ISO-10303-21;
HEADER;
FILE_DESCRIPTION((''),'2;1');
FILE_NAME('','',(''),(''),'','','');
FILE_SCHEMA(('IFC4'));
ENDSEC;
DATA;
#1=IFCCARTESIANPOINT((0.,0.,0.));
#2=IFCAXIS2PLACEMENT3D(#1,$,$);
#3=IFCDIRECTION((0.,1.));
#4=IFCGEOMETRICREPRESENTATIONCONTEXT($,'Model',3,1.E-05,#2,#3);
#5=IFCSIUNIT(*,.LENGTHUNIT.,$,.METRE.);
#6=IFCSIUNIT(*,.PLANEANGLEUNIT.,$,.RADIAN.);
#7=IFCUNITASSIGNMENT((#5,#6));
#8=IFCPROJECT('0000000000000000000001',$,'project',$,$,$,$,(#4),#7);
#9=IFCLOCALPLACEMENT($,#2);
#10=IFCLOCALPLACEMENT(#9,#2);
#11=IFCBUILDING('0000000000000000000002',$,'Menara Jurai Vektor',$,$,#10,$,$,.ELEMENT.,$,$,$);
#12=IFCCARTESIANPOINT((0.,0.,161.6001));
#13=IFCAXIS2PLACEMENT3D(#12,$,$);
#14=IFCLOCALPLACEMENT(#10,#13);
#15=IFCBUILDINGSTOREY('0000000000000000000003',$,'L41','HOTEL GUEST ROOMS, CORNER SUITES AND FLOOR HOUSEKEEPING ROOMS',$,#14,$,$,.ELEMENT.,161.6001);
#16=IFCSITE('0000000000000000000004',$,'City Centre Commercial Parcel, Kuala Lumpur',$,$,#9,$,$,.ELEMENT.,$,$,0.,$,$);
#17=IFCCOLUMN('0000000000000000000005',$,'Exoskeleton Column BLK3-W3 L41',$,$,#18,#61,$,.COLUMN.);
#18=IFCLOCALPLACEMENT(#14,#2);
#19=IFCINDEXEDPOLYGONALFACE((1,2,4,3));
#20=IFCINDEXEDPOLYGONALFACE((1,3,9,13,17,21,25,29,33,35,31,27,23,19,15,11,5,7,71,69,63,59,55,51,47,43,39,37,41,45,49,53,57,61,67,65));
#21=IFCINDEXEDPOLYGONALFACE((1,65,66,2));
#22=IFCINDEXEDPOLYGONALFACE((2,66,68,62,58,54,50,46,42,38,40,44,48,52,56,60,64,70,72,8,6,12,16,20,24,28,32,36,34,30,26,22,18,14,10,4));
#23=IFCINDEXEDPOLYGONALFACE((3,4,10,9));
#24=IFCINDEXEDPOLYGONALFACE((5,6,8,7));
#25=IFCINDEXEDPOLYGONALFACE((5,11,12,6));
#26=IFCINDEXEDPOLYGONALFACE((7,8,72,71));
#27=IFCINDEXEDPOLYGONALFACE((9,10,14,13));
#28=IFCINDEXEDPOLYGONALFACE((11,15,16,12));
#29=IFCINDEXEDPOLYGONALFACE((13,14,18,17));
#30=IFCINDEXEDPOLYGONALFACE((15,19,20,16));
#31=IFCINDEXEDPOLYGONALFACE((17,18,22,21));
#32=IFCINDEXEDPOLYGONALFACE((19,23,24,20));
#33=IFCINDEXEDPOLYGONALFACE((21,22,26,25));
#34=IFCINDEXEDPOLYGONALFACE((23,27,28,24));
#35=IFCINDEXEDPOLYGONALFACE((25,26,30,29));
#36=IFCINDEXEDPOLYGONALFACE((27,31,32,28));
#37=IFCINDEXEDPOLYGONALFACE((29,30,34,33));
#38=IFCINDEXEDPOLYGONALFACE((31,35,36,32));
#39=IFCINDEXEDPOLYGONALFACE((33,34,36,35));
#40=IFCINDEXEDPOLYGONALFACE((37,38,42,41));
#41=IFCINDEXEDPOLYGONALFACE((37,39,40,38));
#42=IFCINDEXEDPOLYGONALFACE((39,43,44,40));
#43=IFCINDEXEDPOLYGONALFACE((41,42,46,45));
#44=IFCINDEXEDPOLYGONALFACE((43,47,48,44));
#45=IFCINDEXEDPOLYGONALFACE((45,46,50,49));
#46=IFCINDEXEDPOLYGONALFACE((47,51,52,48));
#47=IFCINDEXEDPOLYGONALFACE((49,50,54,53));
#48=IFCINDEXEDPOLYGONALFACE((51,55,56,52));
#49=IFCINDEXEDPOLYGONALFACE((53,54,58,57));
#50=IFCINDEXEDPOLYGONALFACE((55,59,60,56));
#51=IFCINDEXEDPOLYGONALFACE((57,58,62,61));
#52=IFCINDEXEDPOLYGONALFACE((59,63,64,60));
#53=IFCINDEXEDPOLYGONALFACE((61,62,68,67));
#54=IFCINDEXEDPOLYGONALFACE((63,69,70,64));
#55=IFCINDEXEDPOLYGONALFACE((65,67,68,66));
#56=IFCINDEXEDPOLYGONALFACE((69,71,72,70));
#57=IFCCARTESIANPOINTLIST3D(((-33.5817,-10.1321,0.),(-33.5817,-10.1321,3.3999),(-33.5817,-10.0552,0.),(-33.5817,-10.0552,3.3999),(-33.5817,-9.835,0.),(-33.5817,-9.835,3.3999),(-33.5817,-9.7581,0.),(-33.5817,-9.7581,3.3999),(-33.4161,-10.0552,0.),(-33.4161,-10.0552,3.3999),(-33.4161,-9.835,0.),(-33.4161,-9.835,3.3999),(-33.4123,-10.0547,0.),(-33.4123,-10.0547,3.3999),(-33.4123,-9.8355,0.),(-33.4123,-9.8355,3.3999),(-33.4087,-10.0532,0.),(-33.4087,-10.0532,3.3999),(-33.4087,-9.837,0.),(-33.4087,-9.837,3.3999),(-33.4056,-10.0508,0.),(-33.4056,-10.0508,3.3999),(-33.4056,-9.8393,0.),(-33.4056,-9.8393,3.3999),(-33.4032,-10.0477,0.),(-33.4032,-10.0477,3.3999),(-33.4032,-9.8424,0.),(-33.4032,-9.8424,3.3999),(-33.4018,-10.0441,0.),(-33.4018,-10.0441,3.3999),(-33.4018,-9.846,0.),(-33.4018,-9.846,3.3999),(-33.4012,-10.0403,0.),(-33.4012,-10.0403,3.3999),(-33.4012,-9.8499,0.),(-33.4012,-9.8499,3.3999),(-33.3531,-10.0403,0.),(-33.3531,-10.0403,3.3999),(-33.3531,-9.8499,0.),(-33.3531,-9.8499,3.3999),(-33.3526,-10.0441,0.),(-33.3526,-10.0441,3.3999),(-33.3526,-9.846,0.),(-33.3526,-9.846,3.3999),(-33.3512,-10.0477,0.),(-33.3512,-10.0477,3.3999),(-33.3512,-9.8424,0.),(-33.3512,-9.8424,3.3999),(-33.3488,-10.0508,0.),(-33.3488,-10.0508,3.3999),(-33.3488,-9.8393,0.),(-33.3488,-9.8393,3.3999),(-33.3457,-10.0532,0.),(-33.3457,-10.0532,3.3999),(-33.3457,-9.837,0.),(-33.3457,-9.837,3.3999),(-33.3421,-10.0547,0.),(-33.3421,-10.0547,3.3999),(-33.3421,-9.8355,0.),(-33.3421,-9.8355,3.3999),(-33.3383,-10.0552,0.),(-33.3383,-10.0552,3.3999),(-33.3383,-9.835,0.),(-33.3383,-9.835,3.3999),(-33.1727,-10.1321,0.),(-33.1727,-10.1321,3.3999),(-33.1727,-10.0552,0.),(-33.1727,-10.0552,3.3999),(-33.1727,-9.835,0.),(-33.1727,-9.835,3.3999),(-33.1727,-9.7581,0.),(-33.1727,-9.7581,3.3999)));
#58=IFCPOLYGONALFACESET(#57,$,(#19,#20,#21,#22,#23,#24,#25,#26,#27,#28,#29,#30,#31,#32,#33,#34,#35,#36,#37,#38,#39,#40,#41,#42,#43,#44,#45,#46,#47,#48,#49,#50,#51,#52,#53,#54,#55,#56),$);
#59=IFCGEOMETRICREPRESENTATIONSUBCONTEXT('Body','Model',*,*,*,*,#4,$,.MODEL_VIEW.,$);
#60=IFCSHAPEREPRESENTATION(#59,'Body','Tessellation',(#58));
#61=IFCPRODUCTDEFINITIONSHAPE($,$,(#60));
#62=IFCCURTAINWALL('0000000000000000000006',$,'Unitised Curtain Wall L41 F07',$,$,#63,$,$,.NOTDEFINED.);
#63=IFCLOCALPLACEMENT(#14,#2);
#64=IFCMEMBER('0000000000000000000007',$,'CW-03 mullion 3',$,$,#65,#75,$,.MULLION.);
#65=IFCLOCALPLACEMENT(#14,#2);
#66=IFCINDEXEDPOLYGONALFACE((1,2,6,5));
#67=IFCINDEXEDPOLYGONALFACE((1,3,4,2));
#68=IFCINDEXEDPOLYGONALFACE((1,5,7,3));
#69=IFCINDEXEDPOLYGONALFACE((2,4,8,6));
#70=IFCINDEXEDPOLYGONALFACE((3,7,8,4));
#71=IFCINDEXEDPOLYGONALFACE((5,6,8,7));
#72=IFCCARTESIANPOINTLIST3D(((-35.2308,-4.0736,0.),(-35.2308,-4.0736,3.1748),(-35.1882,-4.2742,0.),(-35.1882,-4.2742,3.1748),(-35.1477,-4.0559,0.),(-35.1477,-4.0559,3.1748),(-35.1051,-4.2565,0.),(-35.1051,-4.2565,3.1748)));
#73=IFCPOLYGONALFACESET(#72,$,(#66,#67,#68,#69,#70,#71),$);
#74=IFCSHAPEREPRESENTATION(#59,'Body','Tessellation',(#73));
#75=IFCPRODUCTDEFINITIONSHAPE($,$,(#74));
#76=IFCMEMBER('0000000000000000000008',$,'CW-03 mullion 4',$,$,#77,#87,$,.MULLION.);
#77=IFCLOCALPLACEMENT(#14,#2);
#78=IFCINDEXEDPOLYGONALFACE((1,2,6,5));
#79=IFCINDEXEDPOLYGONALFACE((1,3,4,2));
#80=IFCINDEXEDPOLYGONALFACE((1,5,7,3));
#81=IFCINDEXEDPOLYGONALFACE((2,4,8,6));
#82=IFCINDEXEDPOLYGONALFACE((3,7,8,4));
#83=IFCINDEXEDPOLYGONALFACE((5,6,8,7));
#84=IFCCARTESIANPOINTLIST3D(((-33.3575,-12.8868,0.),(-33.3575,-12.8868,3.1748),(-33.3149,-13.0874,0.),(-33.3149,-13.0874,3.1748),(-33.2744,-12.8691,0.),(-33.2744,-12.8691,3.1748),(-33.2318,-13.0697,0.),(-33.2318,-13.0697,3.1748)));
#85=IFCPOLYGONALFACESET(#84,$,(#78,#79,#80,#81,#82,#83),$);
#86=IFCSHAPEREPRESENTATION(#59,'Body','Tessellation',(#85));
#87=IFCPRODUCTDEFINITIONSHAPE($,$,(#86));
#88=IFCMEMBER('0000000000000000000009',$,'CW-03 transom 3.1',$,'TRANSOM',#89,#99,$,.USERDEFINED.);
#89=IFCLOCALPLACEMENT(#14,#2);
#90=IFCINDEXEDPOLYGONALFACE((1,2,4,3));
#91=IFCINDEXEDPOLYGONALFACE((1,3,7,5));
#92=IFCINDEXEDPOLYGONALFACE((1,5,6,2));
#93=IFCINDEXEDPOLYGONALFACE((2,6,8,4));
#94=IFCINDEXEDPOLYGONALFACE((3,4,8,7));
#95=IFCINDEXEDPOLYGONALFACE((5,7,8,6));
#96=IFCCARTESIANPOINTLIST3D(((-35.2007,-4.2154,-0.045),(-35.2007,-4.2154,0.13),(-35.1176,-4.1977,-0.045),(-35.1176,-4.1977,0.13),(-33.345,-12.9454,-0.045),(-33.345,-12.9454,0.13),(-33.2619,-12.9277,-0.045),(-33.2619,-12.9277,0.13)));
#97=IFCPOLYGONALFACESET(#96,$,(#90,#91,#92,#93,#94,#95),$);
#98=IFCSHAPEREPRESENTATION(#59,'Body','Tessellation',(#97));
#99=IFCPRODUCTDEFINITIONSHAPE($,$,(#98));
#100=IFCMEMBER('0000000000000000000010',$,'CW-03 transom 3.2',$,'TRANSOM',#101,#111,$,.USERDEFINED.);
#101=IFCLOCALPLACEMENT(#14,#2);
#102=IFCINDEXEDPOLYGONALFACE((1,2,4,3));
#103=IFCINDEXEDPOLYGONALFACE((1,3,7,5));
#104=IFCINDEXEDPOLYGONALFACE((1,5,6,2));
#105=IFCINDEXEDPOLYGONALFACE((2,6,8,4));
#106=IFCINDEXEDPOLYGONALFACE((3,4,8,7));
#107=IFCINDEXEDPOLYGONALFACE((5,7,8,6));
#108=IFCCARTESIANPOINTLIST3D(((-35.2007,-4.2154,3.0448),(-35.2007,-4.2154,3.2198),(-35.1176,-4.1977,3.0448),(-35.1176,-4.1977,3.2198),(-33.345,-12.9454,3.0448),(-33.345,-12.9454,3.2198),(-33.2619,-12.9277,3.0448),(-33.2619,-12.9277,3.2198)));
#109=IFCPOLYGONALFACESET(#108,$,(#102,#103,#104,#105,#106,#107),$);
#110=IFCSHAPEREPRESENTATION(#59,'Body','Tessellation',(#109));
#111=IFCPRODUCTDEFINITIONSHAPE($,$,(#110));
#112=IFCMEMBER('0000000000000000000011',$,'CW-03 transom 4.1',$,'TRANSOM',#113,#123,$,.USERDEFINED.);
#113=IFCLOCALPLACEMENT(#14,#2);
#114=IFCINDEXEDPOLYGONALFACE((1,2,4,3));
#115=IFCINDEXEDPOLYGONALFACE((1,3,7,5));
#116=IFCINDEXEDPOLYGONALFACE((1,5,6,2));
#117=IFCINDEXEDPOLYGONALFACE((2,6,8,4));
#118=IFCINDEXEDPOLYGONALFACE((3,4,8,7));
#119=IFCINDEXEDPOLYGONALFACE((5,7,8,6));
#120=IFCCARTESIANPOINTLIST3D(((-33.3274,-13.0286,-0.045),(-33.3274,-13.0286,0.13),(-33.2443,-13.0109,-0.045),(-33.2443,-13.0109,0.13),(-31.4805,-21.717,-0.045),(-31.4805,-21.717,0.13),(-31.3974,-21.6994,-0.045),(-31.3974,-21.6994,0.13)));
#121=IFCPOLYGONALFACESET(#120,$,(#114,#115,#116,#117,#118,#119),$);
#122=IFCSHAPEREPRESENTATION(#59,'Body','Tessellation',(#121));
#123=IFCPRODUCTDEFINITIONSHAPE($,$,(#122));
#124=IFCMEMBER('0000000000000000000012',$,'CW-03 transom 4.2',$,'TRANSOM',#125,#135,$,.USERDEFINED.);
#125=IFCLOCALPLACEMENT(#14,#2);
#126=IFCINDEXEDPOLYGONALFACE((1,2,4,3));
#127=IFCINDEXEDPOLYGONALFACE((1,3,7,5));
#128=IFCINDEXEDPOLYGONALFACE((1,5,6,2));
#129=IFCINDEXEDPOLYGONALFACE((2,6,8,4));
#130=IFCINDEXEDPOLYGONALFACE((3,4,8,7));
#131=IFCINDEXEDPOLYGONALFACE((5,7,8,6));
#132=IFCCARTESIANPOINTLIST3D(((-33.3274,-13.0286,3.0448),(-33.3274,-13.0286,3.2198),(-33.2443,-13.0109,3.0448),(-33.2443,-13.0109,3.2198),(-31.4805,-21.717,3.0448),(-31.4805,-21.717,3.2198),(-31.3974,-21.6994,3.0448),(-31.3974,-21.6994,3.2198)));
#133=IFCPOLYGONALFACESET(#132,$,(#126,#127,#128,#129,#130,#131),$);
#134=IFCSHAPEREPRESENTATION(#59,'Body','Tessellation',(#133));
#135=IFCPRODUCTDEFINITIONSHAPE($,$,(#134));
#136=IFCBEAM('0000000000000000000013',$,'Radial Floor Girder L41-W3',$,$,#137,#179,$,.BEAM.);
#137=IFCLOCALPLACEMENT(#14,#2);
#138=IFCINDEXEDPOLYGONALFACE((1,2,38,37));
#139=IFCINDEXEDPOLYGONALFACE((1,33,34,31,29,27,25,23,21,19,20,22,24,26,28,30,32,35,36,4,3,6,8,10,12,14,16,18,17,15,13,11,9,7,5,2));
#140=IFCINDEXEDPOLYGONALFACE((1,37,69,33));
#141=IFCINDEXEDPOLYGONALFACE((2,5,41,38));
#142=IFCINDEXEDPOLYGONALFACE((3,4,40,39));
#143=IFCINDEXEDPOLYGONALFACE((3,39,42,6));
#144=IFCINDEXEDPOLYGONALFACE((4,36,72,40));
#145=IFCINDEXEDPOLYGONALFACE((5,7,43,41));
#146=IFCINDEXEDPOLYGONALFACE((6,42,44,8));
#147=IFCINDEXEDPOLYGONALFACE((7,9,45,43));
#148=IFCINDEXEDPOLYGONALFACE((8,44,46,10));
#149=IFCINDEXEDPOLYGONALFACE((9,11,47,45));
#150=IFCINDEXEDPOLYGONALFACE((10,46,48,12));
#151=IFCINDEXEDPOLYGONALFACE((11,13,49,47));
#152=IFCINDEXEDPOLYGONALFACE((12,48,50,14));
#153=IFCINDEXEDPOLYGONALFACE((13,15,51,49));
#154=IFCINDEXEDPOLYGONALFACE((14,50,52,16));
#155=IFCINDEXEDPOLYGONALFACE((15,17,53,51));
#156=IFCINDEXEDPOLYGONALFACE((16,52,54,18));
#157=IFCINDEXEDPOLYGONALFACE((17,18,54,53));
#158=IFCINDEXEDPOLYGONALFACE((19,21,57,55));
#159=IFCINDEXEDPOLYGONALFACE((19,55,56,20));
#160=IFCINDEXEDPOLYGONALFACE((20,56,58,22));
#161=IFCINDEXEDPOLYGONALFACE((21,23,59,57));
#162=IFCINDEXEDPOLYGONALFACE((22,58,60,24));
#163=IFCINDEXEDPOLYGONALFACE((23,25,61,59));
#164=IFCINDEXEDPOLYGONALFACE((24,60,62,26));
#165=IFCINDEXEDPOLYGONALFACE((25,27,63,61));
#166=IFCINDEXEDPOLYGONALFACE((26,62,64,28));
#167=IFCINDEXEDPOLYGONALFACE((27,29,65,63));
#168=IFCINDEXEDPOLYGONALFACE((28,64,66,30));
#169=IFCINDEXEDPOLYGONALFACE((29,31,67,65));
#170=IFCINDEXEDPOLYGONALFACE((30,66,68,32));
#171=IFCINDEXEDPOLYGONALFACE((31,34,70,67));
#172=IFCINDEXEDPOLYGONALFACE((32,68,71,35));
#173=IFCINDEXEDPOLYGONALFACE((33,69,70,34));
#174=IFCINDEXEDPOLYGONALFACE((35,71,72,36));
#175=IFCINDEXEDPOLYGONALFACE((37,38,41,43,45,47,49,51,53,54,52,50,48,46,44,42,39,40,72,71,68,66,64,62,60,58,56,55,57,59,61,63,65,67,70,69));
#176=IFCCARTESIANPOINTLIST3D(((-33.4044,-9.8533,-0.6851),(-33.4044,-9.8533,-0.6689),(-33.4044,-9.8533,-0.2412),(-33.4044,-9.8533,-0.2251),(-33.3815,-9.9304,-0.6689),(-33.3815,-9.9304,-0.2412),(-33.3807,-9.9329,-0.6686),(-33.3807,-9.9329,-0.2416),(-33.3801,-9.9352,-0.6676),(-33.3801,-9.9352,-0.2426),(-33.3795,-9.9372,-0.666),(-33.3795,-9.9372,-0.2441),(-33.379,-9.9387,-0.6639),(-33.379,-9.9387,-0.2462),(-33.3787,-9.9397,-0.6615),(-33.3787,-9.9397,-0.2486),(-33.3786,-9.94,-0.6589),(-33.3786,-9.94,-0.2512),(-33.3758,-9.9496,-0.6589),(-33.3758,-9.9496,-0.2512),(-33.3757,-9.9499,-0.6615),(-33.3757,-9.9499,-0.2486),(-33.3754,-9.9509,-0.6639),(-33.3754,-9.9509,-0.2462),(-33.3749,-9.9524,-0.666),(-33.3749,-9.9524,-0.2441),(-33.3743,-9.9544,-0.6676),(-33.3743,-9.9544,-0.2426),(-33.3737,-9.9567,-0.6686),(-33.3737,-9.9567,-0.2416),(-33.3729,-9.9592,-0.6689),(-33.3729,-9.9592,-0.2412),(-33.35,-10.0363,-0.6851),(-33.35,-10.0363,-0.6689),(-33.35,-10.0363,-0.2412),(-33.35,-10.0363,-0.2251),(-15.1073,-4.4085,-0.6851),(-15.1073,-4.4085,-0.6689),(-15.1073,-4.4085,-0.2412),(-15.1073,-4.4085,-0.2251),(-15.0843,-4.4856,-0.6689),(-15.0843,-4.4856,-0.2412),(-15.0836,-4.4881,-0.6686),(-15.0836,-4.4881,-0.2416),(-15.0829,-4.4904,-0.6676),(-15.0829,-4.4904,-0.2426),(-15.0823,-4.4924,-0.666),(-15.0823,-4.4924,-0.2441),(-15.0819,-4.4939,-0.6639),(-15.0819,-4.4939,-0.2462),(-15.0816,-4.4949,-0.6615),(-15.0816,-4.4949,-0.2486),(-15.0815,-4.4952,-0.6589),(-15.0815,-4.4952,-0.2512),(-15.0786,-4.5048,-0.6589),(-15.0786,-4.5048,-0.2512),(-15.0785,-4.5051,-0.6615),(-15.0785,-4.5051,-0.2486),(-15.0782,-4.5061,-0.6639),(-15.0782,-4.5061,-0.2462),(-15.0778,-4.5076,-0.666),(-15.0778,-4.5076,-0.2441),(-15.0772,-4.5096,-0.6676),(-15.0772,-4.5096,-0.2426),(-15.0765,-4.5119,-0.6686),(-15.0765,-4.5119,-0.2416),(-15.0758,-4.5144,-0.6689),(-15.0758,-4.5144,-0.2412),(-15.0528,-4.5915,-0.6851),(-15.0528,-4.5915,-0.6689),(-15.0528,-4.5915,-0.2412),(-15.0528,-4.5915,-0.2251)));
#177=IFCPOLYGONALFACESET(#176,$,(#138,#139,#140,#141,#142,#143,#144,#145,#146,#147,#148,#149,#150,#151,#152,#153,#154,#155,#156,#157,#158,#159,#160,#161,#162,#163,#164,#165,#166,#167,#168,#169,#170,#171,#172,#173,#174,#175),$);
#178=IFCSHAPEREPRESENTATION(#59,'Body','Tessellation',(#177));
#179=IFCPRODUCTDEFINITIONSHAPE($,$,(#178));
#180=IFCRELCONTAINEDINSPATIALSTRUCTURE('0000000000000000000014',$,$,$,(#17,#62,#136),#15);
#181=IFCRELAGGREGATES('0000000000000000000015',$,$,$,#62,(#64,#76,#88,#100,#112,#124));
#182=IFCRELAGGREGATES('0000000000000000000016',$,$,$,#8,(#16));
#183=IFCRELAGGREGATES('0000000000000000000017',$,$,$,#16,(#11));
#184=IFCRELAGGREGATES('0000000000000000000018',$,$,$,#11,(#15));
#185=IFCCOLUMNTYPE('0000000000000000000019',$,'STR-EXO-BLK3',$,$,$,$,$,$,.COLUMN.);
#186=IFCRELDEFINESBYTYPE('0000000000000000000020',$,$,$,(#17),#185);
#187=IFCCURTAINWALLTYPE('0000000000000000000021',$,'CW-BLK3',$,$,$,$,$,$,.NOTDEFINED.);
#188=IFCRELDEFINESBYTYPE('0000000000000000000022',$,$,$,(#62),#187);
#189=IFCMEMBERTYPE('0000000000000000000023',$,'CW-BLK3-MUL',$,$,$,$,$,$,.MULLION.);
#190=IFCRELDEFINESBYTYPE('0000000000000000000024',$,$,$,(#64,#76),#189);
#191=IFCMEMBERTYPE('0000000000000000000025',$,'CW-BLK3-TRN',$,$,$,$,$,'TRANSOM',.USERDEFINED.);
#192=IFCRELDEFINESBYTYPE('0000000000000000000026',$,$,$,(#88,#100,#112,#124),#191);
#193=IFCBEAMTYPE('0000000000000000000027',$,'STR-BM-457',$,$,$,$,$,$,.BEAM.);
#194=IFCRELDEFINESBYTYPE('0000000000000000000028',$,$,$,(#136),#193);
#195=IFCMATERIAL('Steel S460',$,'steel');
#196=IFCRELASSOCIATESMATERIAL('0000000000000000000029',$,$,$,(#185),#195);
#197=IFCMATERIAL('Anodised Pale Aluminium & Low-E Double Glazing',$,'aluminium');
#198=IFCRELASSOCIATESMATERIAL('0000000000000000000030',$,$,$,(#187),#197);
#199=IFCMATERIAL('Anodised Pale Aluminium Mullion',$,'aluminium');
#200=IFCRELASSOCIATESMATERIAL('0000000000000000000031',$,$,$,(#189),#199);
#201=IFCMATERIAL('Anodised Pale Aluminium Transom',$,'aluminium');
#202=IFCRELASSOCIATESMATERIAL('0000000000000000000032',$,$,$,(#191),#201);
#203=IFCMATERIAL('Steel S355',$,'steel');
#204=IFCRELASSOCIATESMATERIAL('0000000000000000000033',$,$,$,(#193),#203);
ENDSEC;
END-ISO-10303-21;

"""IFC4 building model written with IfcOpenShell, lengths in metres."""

from ifc_helpers import new_model, si_unit, direction, frame, origin, origin_2d, place, context, subcontext, project, spatial, rectangle, i_section, extrude, material, material_profile, profile_set, type_object, element, aggregate, save


model = new_model("IFC4")

# Units and contexts
model_context = context("Model", 3, precision=1e-05, world=origin(), true_north=direction((0.0, 1.0)))
body_context = subcontext(model_context, "Body", "Model", "MODEL_VIEW")
ifc_project = project(units=[si_unit("LENGTHUNIT", "METRE"), si_unit("PLANEANGLEUNIT", "RADIAN")], contexts=[model_context])

# Site, building, storey
site_placement = place(None, origin())
site = spatial("IfcSite", under=ifc_project, at=site_placement, Name="City Centre Commercial Parcel, Kuala Lumpur", CompositionType="ELEMENT", RefElevation=0.0)
building_placement = place(site_placement, origin())
building = spatial("IfcBuilding", under=site, at=building_placement, Name="Menara Jurai Vektor", CompositionType="ELEMENT")
storey_placement = place(building_placement, frame((0.0, 0.0, 161.6001)))
storey = spatial("IfcBuildingStorey", under=building, at=storey_placement, Name="L41", Description="HOTEL GUEST ROOMS, CORNER SUITES AND FLOOR HOUSEKEEPING ROOMS", CompositionType="ELEMENT", Elevation=161.6001)

# Column
ifc_material_1 = material(Name="Steel S460", Category="steel")
ifc_material_profile_1 = material_profile(ifc_material_1, i_section(OverallWidth=0.4089, OverallDepth=0.374, WebThickness=0.0481, FlangeThickness=0.0769, FilletRadius=0.0149, at=origin_2d()), Name="HD 400x634")
ifc_profile_set_1 = profile_set([ifc_material_profile_1], Name="Steel S460")
column_type = type_object("IfcColumnType", Name="STR-EXO-BLK3", PredefinedType="COLUMN", material=ifc_profile_set_1)
column_placement = place(storey_placement, frame((-33.3772, -9.9451, 0.0), z_axis=(0.0, 0.0, 1.0), x_axis=(1.0, 0.0, 0.0)))
element("IfcColumn", 1, at=column_placement, inside=storey, type_object=column_type, Name="Exoskeleton Column BLK3-W3 L41", PredefinedType="COLUMN", context=body_context, shape_type="SweptSolid", body=[
    extrude(i_section(OverallWidth=0.4089, OverallDepth=0.374, WebThickness=0.0481, FlangeThickness=0.0769, FilletRadius=0.0149, at=origin_2d()), origin(), (0.0, 0.0, 1.0), 3.3999),
])

# Curtain wall, members
ifc_material_2 = material(Name="Anodised Pale Aluminium & Low-E Double Glazing", Category="aluminium")
curtain_wall_type = type_object("IfcCurtainWallType", Name="CW-BLK3", PredefinedType="NOTDEFINED", material=ifc_material_2)
curtain_wall_placement = place(storey_placement, origin())
curtain_wall = element("IfcCurtainWall", 2, at=curtain_wall_placement, inside=storey, type_object=curtain_wall_type, Name="Unitised Curtain Wall L41 F07", PredefinedType="NOTDEFINED")
ifc_material_3 = material(Name="Anodised Pale Aluminium Mullion", Category="aluminium")
ifc_material_profile_2 = material_profile(ifc_material_3, rectangle(XDim=0.085, YDim=0.2051, at=origin_2d()), Name="ALU MUL 85x205")
ifc_profile_set_2 = profile_set([ifc_material_profile_2], Name="Anodised Pale Aluminium Mullion")
member_type_1 = type_object("IfcMemberType", Name="CW-BLK3-MUL", PredefinedType="MULLION", material=ifc_profile_set_2)
member_1_placement = place(storey_placement, frame((-35.168, -4.165, 0.0), z_axis=(0.0, 0.0, 1.0), x_axis=(0.978148, 0.20791, 0.0)))
member_1 = element("IfcMember", 3, at=member_1_placement, type_object=member_type_1, Name="CW-03 mullion 3", PredefinedType="MULLION", context=body_context, shape_type="SweptSolid", body=[
    extrude(rectangle(XDim=0.085, YDim=0.2051, at=origin_2d()), origin(), (0.0, 0.0, 1.0), 3.1748),
])
member_2_placement = place(storey_placement, frame((-33.2947, -12.9783, 0.0), z_axis=(0.0, 0.0, 1.0), x_axis=(0.978148, 0.20791, 0.0)))
member_2 = element("IfcMember", 4, at=member_2_placement, type_object=member_type_1, Name="CW-03 mullion 4", PredefinedType="MULLION", context=body_context, shape_type="SweptSolid", body=[
    extrude(rectangle(XDim=0.085, YDim=0.2051, at=origin_2d()), origin(), (0.0, 0.0, 1.0), 3.1748),
])
ifc_material_4 = material(Name="Anodised Pale Aluminium Transom", Category="aluminium")
ifc_material_profile_3 = material_profile(ifc_material_4, rectangle(XDim=0.085, YDim=0.175, at=origin_2d()), Name="ALU TRN 85x175")
ifc_profile_set_3 = profile_set([ifc_material_profile_3], Name="Anodised Pale Aluminium Transom")
member_type_2 = type_object("IfcMemberType", Name="CW-BLK3-TRN", ElementType="TRANSOM", PredefinedType="USERDEFINED", material=ifc_profile_set_3)
member_3_placement = place(storey_placement, frame((-35.1592, -4.2065, 0.0425), z_axis=(0.207922, -0.978145, 0.0), x_axis=(0.978145, 0.207922, 0.0)))
member_3 = element("IfcMember", 5, at=member_3_placement, type_object=member_type_2, Name="CW-03 transom 3.1", ObjectType="TRANSOM", PredefinedType="USERDEFINED", context=body_context, shape_type="SweptSolid", body=[
    extrude(rectangle(XDim=0.085, YDim=0.175, at=origin_2d()), origin(), (0.0, 0.0, 1.0), 8.925),
])
member_4_placement = place(storey_placement, frame((-35.1592, -4.2065, 3.1323), z_axis=(0.207922, -0.978145, 0.0), x_axis=(0.978145, 0.207922, 0.0)))
member_4 = element("IfcMember", 6, at=member_4_placement, type_object=member_type_2, Name="CW-03 transom 3.2", ObjectType="TRANSOM", PredefinedType="USERDEFINED", context=body_context, shape_type="SweptSolid", body=[
    extrude(rectangle(XDim=0.085, YDim=0.175, at=origin_2d()), origin(), (0.0, 0.0, 1.0), 8.925),
])
member_5_placement = place(storey_placement, frame((-33.2859, -13.0198, 0.0425), z_axis=(0.207926, -0.978145, 0.0), x_axis=(0.978145, 0.207926, 0.0)))
member_5 = element("IfcMember", 7, at=member_5_placement, type_object=member_type_2, Name="CW-03 transom 4.1", ObjectType="TRANSOM", PredefinedType="USERDEFINED", context=body_context, shape_type="SweptSolid", body=[
    extrude(rectangle(XDim=0.085, YDim=0.175, at=origin_2d()), origin(), (0.0, 0.0, 1.0), 8.8826),
])
member_6_placement = place(storey_placement, frame((-33.2859, -13.0198, 3.1323), z_axis=(0.207926, -0.978145, 0.0), x_axis=(0.978145, 0.207926, 0.0)))
member_6 = element("IfcMember", 8, at=member_6_placement, type_object=member_type_2, Name="CW-03 transom 4.2", ObjectType="TRANSOM", PredefinedType="USERDEFINED", context=body_context, shape_type="SweptSolid", body=[
    extrude(rectangle(XDim=0.085, YDim=0.175, at=origin_2d()), origin(), (0.0, 0.0, 1.0), 8.8826),
])

# Beam
ifc_material_5 = material(Name="Steel S355", Category="steel")
ifc_material_profile_4 = material_profile(ifc_material_5, i_section(OverallWidth=0.1909, OverallDepth=0.46, WebThickness=0.01, FlangeThickness=0.0161, FilletRadius=0.01, at=origin_2d()), Name="UKB 457x191x82")
ifc_profile_set_4 = profile_set([ifc_material_profile_4], Name="Steel S355")
beam_type_1 = type_object("IfcBeamType", Name="STR-BM-457", PredefinedType="BEAM", material=ifc_profile_set_4)
beam_1_placement = place(storey_placement, frame((-33.3772, -9.9448, -0.4551), z_axis=(0.958463, 0.285218, 0.0), x_axis=(-0.285218, 0.958463, 0.0)))
element("IfcBeam", 9, at=beam_1_placement, inside=storey, type_object=beam_type_1, Name="Radial Floor Girder L41-W3", PredefinedType="BEAM", context=body_context, shape_type="SweptSolid", body=[
    extrude(i_section(OverallWidth=0.1909, OverallDepth=0.46, WebThickness=0.01, FlangeThickness=0.0161, FilletRadius=0.01, at=origin_2d()), origin(), (0.0, 0.0, 1.0), 19.0901),
])

aggregate(curtain_wall, [member_1, member_2, member_3, member_4, member_5, member_6])

save(model, "model.ifc")
